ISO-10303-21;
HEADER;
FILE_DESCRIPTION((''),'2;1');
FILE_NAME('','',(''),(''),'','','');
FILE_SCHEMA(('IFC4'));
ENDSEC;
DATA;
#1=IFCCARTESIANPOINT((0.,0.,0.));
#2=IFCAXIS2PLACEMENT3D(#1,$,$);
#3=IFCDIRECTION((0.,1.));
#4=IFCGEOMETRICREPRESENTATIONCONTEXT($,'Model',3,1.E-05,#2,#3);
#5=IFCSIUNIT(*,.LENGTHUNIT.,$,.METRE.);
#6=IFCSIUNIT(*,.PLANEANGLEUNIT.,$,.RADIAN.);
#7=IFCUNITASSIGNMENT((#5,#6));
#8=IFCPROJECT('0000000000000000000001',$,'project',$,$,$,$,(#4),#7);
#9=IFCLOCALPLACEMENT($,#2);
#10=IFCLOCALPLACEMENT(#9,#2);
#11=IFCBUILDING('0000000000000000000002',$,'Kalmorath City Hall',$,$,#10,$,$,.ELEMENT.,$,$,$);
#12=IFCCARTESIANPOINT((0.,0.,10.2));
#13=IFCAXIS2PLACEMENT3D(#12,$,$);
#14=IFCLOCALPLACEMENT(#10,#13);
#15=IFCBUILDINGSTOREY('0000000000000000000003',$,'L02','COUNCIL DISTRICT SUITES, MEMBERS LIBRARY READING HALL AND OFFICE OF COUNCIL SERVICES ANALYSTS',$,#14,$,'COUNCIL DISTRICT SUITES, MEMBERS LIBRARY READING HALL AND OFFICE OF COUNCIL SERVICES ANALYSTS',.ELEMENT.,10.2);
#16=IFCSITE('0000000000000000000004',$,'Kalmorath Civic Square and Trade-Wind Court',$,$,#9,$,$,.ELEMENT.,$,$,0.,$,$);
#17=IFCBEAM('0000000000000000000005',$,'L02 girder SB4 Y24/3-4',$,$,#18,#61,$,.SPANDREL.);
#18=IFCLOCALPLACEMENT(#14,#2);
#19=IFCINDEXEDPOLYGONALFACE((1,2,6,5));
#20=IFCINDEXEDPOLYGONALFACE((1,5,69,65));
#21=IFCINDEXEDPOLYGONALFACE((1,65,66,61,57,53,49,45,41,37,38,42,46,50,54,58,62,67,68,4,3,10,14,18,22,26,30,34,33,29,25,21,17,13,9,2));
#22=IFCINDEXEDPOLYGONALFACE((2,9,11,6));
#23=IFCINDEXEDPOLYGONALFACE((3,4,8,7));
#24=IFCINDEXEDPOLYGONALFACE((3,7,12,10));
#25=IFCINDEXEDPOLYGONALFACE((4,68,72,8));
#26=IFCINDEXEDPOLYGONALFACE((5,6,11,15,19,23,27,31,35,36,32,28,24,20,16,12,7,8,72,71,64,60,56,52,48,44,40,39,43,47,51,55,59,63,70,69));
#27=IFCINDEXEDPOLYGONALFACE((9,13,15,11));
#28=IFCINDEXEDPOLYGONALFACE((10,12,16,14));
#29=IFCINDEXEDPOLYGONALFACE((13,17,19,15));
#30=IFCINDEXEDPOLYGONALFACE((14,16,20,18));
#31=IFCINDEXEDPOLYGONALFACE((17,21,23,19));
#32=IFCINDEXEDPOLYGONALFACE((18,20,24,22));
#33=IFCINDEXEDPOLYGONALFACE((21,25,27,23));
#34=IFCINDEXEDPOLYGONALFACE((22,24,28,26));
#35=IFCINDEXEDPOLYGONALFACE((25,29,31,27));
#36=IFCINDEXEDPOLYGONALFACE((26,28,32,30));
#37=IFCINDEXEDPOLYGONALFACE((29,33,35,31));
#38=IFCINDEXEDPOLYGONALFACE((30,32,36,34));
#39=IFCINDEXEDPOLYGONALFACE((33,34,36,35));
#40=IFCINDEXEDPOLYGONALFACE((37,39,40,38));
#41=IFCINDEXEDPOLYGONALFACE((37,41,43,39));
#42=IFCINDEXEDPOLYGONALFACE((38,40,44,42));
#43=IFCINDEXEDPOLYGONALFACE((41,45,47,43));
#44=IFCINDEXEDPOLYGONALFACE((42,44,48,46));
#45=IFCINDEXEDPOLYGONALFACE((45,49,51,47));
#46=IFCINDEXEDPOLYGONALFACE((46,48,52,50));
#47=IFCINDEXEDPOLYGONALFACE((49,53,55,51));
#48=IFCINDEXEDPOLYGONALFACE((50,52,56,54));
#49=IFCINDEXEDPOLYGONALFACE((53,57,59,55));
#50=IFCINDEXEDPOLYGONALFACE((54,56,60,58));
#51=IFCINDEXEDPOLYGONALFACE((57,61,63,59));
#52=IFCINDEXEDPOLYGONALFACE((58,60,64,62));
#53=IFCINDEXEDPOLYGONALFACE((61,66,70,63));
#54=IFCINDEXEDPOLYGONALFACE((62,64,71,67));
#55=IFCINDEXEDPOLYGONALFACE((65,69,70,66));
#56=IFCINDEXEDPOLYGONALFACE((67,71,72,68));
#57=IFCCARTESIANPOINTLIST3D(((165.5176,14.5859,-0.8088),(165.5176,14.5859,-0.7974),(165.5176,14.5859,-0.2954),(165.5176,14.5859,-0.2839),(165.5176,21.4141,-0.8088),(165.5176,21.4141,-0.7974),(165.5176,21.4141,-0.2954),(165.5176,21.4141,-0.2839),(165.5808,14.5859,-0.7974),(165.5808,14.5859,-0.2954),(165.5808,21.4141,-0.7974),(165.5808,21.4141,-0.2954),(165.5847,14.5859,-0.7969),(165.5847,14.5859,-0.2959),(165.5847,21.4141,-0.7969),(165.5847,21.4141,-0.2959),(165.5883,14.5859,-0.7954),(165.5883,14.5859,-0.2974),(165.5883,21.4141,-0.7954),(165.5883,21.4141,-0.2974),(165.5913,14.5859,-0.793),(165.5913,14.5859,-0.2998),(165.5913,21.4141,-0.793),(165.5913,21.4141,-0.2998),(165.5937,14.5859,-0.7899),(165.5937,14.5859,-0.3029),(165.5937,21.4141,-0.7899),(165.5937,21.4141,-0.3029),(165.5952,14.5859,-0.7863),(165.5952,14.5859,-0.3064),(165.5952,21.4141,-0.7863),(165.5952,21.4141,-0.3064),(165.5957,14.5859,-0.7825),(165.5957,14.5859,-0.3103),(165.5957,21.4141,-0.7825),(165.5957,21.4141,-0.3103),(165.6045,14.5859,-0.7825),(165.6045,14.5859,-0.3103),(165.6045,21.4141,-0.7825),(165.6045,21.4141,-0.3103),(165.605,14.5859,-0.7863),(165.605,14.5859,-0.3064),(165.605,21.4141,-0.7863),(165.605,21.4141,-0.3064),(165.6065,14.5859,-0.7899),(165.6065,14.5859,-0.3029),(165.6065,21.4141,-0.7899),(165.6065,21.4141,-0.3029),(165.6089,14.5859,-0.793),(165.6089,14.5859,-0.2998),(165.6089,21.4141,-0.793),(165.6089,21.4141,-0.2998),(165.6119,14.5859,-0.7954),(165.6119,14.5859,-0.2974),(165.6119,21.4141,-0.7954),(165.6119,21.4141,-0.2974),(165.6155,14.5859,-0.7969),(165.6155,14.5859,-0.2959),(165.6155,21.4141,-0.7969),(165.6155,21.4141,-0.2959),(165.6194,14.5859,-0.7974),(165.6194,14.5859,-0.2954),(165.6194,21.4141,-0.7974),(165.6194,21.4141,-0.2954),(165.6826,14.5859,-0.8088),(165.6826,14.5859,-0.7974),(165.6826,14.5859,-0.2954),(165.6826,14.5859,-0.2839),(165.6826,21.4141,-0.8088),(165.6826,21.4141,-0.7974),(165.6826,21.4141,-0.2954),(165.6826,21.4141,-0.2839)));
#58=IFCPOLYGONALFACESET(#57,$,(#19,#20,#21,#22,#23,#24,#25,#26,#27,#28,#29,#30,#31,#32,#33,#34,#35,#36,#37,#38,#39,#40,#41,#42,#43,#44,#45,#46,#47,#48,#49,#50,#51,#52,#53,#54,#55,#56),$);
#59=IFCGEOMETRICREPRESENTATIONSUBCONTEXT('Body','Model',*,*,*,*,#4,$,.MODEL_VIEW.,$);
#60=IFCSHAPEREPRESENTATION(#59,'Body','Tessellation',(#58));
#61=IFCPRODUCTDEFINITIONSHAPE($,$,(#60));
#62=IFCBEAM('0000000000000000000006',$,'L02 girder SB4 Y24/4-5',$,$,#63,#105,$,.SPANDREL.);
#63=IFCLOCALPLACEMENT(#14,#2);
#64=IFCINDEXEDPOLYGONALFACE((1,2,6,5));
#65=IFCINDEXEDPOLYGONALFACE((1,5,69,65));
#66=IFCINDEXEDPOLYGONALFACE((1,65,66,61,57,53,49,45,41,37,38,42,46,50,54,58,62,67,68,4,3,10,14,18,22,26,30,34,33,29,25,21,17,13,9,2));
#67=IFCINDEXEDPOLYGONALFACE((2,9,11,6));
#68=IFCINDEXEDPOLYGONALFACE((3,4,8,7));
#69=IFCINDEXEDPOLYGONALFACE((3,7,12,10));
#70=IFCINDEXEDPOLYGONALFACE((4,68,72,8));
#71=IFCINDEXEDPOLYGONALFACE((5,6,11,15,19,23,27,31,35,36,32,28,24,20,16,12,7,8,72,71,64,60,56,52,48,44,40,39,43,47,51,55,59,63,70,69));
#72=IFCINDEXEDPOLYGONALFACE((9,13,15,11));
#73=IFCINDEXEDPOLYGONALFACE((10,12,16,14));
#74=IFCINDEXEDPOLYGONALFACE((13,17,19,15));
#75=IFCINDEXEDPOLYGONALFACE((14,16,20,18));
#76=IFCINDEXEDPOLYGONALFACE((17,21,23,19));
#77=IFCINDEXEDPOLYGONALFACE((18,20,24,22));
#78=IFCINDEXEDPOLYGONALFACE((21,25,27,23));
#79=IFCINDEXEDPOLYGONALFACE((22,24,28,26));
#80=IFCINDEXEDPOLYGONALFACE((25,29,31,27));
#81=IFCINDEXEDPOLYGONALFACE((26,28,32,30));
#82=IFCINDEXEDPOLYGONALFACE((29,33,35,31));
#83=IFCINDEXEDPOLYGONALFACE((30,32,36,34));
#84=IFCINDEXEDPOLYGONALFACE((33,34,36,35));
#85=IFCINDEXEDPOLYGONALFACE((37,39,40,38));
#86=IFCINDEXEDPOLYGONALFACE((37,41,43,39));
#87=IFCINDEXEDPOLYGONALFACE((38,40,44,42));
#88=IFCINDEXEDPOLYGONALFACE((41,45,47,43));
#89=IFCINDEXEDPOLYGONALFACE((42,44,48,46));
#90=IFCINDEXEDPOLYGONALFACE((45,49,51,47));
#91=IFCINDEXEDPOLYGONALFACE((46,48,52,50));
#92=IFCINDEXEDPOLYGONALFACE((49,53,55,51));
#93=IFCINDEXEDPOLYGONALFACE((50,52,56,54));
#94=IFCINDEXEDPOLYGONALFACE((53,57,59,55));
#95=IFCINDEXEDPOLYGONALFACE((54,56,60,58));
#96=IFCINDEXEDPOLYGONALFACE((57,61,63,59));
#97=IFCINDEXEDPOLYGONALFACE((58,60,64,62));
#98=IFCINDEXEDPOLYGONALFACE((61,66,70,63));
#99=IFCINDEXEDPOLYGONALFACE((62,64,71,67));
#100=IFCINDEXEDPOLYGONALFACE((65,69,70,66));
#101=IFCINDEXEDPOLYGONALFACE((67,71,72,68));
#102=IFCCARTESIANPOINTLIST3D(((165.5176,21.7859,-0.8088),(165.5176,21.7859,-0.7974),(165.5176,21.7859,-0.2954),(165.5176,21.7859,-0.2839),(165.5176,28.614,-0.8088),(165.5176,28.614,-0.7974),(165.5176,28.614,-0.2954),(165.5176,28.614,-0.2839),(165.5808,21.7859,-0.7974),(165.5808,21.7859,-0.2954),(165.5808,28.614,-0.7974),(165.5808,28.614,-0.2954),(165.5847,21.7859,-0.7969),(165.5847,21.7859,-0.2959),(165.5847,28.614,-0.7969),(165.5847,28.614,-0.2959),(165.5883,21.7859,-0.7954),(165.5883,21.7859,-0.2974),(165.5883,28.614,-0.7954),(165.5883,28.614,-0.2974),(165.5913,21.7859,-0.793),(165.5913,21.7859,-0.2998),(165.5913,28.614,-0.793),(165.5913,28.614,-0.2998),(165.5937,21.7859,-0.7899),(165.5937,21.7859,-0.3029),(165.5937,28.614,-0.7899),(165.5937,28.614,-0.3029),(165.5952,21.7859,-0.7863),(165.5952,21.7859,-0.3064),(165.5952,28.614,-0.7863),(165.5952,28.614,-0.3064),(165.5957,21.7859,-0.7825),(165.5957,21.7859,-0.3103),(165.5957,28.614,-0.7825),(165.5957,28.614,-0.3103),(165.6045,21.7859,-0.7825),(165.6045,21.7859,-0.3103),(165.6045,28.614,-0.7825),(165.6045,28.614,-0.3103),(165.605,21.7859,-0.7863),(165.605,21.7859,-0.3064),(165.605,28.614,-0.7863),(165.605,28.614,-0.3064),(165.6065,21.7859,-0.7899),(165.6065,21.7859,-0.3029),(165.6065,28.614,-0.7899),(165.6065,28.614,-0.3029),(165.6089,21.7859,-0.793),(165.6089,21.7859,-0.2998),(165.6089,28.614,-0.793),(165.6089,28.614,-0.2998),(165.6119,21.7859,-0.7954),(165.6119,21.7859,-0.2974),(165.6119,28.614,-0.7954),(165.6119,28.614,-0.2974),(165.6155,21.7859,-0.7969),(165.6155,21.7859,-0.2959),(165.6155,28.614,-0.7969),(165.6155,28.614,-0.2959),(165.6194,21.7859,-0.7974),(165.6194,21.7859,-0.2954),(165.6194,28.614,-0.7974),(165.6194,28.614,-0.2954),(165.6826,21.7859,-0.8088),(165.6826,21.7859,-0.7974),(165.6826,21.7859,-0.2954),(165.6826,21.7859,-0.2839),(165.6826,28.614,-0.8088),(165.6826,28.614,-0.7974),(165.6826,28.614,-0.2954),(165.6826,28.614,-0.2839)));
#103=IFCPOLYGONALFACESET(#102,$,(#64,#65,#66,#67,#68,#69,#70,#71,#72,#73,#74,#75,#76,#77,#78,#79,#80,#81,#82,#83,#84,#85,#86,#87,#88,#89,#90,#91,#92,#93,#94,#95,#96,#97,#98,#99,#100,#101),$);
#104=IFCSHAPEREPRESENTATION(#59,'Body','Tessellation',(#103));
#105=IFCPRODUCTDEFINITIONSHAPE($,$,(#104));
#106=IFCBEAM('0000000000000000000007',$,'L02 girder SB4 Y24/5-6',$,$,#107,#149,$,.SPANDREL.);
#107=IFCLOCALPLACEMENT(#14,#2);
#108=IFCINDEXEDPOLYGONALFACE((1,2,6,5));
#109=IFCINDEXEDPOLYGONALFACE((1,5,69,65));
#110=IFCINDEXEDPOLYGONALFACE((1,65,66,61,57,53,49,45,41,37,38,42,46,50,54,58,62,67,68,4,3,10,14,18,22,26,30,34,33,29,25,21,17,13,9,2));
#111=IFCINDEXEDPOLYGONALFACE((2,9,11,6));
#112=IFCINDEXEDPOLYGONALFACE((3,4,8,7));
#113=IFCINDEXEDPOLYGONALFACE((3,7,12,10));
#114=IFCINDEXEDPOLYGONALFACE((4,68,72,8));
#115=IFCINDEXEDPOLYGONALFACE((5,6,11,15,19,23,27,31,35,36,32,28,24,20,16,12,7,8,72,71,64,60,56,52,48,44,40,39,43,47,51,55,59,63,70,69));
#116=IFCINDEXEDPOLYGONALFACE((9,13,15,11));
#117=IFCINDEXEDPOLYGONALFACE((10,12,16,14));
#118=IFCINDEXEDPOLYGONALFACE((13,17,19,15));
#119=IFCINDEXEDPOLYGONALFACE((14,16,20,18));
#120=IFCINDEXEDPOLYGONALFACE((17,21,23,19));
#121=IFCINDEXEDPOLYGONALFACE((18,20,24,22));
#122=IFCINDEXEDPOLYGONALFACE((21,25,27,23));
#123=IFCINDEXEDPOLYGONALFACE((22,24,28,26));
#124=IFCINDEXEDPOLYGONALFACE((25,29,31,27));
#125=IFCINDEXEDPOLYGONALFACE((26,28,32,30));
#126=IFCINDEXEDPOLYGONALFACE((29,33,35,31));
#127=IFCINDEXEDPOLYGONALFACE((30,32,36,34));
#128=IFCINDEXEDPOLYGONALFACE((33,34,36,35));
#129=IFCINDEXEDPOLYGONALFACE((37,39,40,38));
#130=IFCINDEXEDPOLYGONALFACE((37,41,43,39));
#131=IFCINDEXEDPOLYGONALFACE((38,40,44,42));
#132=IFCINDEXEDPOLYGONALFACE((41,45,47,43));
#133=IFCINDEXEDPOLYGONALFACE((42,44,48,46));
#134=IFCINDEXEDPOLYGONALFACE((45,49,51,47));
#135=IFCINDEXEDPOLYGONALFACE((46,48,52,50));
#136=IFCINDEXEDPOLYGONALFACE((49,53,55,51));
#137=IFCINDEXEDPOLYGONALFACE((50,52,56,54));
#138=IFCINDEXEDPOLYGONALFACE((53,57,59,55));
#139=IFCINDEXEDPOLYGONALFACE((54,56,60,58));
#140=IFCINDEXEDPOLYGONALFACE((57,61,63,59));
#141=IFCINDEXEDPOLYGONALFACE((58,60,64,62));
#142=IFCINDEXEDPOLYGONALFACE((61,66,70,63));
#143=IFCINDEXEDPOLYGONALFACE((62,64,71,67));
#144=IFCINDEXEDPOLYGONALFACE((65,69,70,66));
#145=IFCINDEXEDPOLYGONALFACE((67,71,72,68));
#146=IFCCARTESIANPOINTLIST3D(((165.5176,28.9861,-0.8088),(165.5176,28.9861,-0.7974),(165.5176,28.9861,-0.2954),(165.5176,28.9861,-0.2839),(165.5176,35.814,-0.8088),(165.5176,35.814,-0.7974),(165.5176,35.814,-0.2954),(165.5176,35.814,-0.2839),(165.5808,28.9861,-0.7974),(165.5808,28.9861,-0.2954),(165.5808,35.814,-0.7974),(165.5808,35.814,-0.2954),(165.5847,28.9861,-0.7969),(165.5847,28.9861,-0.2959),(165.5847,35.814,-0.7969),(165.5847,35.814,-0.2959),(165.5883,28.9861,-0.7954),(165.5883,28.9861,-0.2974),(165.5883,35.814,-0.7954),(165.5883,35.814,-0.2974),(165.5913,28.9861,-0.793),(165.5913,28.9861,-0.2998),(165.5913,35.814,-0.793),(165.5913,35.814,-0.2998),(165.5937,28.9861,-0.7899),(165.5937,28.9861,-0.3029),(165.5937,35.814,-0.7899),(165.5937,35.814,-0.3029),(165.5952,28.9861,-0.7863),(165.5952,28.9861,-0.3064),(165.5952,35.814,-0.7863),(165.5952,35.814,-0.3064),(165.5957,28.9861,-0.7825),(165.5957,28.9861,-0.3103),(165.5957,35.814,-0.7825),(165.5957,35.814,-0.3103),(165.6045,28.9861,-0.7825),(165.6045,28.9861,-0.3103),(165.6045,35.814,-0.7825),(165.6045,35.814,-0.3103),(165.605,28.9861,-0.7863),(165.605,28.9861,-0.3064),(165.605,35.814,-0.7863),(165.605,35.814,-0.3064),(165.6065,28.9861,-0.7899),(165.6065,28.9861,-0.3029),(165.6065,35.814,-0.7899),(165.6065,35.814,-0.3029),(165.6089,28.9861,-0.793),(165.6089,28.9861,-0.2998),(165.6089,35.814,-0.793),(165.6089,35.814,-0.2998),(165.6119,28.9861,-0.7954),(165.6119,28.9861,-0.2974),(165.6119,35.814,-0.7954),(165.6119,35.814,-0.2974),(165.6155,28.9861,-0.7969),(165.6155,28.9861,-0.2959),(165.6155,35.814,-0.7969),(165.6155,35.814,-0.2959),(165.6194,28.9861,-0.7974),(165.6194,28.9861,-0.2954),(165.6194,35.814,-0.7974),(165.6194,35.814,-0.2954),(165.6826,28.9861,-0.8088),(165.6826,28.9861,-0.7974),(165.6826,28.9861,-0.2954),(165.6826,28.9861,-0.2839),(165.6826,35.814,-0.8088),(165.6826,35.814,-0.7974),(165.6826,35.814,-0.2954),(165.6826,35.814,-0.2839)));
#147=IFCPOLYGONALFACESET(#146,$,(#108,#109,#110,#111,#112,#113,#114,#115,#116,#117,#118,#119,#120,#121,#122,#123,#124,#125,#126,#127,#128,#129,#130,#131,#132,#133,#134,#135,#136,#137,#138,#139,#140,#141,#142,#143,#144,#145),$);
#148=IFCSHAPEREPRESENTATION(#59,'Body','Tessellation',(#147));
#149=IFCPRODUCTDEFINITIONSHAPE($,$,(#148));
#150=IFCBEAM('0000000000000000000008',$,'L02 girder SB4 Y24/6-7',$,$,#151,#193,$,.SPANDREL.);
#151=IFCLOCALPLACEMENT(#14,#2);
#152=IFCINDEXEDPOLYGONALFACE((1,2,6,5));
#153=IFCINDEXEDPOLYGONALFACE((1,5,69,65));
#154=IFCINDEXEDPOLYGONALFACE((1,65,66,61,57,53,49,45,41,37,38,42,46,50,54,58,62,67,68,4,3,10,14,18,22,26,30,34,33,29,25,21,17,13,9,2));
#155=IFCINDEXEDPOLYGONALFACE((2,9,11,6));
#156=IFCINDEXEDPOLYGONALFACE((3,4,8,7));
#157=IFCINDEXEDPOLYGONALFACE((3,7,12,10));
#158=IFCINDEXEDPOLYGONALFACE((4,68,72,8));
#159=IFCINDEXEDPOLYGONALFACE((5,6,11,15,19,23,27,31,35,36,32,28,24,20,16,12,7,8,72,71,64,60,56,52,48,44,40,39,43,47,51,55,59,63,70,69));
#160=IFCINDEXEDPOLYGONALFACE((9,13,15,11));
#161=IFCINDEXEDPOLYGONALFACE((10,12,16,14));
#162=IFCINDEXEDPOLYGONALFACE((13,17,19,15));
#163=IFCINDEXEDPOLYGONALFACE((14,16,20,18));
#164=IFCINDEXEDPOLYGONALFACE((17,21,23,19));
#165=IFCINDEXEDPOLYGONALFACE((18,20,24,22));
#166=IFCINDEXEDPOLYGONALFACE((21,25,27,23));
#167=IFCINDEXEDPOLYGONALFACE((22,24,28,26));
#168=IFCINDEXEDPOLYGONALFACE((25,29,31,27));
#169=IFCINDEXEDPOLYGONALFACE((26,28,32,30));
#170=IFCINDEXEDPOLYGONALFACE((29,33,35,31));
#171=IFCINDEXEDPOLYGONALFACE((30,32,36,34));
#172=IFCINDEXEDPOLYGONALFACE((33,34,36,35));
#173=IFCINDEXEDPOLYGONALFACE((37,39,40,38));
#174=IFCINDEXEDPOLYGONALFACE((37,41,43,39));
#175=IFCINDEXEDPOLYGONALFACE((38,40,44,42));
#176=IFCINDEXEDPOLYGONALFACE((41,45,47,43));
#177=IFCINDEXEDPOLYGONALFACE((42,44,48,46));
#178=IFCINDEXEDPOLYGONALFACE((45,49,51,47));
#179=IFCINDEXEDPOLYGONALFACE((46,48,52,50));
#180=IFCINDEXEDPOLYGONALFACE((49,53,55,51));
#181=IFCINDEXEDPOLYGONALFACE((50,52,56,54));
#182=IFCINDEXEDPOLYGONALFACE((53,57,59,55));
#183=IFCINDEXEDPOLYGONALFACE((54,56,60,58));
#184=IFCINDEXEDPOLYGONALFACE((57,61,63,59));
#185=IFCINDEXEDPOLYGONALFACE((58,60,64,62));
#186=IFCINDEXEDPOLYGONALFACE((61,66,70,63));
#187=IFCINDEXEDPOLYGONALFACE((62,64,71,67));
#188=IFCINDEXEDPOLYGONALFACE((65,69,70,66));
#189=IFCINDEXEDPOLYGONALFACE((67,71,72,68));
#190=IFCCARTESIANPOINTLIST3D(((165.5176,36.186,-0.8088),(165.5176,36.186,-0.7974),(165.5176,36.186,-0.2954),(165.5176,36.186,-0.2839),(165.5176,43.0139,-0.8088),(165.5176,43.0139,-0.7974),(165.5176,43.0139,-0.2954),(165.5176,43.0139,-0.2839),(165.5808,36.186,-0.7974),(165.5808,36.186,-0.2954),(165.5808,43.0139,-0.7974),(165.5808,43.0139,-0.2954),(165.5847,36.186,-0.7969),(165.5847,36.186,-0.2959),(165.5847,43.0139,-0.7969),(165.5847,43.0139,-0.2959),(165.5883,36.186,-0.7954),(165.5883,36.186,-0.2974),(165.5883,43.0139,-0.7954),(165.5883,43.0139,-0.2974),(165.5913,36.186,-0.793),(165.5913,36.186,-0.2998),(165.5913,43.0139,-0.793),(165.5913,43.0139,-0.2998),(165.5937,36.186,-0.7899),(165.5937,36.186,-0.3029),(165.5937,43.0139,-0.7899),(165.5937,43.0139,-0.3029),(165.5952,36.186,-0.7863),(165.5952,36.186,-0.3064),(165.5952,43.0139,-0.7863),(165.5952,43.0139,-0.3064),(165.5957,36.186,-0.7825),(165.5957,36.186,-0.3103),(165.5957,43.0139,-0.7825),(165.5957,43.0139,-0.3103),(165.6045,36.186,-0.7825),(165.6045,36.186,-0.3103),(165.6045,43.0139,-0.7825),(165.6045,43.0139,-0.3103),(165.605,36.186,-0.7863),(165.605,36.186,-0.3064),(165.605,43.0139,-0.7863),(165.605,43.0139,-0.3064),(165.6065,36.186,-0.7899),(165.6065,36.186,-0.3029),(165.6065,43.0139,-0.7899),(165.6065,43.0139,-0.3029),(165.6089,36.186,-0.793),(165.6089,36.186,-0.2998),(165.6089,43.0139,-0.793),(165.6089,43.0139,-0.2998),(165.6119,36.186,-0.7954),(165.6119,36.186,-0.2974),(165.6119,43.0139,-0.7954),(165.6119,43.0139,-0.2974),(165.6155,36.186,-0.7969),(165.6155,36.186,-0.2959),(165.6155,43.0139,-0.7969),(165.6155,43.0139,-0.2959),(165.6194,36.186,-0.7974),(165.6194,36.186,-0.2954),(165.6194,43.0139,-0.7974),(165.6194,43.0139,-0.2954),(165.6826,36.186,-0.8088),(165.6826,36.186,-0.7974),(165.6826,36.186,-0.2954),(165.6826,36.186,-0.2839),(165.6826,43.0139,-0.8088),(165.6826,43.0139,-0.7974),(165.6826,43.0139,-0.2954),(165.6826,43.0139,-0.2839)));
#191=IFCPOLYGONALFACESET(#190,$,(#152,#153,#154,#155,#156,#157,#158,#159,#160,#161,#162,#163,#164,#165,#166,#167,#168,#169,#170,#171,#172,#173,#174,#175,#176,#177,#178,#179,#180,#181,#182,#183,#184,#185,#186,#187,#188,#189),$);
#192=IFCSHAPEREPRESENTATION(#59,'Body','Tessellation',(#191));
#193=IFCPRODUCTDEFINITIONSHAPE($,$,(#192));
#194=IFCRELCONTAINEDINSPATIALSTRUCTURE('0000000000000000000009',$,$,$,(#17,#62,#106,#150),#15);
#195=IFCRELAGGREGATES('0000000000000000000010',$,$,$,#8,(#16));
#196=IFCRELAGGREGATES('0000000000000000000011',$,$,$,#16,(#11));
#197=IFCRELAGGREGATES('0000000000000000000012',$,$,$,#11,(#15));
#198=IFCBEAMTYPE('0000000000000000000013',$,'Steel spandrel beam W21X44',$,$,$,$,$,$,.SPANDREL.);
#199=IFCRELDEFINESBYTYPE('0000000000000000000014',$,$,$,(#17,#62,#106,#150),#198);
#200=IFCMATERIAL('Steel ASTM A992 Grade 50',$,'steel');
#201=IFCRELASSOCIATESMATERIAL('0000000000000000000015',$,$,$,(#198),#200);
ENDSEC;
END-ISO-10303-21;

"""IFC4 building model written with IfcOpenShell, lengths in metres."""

from ifc_helpers import new_model, si_unit, direction, frame, origin, origin_2d, place, context, subcontext, project, spatial, i_section, extrude, material, material_profile, profile_set, type_object, element, save


model = new_model("IFC4")

# Units and contexts
model_context = context("Model", 3, precision=1e-05, world=origin(), true_north=direction((0.0, 1.0)))
body_context = subcontext(model_context, "Body", "Model", "MODEL_VIEW")
ifc_project = project(units=[si_unit("LENGTHUNIT", "METRE"), si_unit("PLANEANGLEUNIT", "RADIAN")], contexts=[model_context])

# Site, building, storey
site_placement = place(None, origin())
site = spatial("IfcSite", under=ifc_project, at=site_placement, Name="Kalmorath Civic Square and Trade-Wind Court", CompositionType="ELEMENT", RefElevation=0.0)
building_placement = place(site_placement, origin())
building = spatial("IfcBuilding", under=site, at=building_placement, Name="Kalmorath City Hall", CompositionType="ELEMENT")
storey_placement = place(building_placement, frame((0.0, 0.0, 10.2)))
storey = spatial("IfcBuildingStorey", under=building, at=storey_placement, Name="L02", Description="COUNCIL DISTRICT SUITES, MEMBERS LIBRARY READING HALL AND OFFICE OF COUNCIL SERVICES ANALYSTS", LongName="COUNCIL DISTRICT SUITES, MEMBERS LIBRARY READING HALL AND OFFICE OF COUNCIL SERVICES ANALYSTS", CompositionType="ELEMENT", Elevation=10.2)

# Beams
ifc_material_1 = material(Name="Steel ASTM A992 Grade 50", Category="steel")
ifc_material_profile_1 = material_profile(ifc_material_1, i_section(OverallWidth=0.165, OverallDepth=0.5249, WebThickness=0.0088, FlangeThickness=0.0115, FilletRadius=0.0149, at=origin_2d()), Name="W21X44")
ifc_profile_set_1 = profile_set([ifc_material_profile_1], Name="Steel ASTM A992 Grade 50")
beam_type_1 = type_object("IfcBeamType", Name="Steel spandrel beam W21X44", PredefinedType="SPANDREL", material=ifc_profile_set_1)
for number, where, z_axis, x_axis, name in (
    (1, (165.6001, 14.5859, -0.5464), (0.0, 1.0, 0.0), (-1.0, 0.0, 0.0), "L02 girder SB4 Y24/3-4"),
    (2, (165.6001, 21.7859, -0.5464), (0.0, 1.0, 0.0), (-1.0, 0.0, 0.0), "L02 girder SB4 Y24/4-5"),
):
    element("IfcBeam", number, at=place(storey_placement, frame(where, z_axis=z_axis, x_axis=x_axis)), inside=storey, type_object=beam_type_1, Name=name, PredefinedType="SPANDREL", context=body_context, shape_type="SweptSolid", body=[
        extrude(i_section(OverallWidth=0.165, OverallDepth=0.5249, WebThickness=0.0088, FlangeThickness=0.0115, FilletRadius=0.0149, at=origin_2d()), origin(), (0.0, 0.0, 1.0), 6.8281),
    ])
for number, where, z_axis, x_axis, name in (
    (3, (165.6001, 28.9861, -0.5464), (0.0, 1.0, 0.0), (-1.0, 0.0, 0.0), "L02 girder SB4 Y24/5-6"),
    (4, (165.6001, 36.186, -0.5464), (0.0, 1.0, 0.0), (-1.0, 0.0, 0.0), "L02 girder SB4 Y24/6-7"),
):
    element("IfcBeam", number, at=place(storey_placement, frame(where, z_axis=z_axis, x_axis=x_axis)), inside=storey, type_object=beam_type_1, Name=name, PredefinedType="SPANDREL", context=body_context, shape_type="SweptSolid", body=[
        extrude(i_section(OverallWidth=0.165, OverallDepth=0.5249, WebThickness=0.0088, FlangeThickness=0.0115, FilletRadius=0.0149, at=origin_2d()), origin(), (0.0, 0.0, 1.0), 6.8279),
    ])

save(model, "model.ifc")
